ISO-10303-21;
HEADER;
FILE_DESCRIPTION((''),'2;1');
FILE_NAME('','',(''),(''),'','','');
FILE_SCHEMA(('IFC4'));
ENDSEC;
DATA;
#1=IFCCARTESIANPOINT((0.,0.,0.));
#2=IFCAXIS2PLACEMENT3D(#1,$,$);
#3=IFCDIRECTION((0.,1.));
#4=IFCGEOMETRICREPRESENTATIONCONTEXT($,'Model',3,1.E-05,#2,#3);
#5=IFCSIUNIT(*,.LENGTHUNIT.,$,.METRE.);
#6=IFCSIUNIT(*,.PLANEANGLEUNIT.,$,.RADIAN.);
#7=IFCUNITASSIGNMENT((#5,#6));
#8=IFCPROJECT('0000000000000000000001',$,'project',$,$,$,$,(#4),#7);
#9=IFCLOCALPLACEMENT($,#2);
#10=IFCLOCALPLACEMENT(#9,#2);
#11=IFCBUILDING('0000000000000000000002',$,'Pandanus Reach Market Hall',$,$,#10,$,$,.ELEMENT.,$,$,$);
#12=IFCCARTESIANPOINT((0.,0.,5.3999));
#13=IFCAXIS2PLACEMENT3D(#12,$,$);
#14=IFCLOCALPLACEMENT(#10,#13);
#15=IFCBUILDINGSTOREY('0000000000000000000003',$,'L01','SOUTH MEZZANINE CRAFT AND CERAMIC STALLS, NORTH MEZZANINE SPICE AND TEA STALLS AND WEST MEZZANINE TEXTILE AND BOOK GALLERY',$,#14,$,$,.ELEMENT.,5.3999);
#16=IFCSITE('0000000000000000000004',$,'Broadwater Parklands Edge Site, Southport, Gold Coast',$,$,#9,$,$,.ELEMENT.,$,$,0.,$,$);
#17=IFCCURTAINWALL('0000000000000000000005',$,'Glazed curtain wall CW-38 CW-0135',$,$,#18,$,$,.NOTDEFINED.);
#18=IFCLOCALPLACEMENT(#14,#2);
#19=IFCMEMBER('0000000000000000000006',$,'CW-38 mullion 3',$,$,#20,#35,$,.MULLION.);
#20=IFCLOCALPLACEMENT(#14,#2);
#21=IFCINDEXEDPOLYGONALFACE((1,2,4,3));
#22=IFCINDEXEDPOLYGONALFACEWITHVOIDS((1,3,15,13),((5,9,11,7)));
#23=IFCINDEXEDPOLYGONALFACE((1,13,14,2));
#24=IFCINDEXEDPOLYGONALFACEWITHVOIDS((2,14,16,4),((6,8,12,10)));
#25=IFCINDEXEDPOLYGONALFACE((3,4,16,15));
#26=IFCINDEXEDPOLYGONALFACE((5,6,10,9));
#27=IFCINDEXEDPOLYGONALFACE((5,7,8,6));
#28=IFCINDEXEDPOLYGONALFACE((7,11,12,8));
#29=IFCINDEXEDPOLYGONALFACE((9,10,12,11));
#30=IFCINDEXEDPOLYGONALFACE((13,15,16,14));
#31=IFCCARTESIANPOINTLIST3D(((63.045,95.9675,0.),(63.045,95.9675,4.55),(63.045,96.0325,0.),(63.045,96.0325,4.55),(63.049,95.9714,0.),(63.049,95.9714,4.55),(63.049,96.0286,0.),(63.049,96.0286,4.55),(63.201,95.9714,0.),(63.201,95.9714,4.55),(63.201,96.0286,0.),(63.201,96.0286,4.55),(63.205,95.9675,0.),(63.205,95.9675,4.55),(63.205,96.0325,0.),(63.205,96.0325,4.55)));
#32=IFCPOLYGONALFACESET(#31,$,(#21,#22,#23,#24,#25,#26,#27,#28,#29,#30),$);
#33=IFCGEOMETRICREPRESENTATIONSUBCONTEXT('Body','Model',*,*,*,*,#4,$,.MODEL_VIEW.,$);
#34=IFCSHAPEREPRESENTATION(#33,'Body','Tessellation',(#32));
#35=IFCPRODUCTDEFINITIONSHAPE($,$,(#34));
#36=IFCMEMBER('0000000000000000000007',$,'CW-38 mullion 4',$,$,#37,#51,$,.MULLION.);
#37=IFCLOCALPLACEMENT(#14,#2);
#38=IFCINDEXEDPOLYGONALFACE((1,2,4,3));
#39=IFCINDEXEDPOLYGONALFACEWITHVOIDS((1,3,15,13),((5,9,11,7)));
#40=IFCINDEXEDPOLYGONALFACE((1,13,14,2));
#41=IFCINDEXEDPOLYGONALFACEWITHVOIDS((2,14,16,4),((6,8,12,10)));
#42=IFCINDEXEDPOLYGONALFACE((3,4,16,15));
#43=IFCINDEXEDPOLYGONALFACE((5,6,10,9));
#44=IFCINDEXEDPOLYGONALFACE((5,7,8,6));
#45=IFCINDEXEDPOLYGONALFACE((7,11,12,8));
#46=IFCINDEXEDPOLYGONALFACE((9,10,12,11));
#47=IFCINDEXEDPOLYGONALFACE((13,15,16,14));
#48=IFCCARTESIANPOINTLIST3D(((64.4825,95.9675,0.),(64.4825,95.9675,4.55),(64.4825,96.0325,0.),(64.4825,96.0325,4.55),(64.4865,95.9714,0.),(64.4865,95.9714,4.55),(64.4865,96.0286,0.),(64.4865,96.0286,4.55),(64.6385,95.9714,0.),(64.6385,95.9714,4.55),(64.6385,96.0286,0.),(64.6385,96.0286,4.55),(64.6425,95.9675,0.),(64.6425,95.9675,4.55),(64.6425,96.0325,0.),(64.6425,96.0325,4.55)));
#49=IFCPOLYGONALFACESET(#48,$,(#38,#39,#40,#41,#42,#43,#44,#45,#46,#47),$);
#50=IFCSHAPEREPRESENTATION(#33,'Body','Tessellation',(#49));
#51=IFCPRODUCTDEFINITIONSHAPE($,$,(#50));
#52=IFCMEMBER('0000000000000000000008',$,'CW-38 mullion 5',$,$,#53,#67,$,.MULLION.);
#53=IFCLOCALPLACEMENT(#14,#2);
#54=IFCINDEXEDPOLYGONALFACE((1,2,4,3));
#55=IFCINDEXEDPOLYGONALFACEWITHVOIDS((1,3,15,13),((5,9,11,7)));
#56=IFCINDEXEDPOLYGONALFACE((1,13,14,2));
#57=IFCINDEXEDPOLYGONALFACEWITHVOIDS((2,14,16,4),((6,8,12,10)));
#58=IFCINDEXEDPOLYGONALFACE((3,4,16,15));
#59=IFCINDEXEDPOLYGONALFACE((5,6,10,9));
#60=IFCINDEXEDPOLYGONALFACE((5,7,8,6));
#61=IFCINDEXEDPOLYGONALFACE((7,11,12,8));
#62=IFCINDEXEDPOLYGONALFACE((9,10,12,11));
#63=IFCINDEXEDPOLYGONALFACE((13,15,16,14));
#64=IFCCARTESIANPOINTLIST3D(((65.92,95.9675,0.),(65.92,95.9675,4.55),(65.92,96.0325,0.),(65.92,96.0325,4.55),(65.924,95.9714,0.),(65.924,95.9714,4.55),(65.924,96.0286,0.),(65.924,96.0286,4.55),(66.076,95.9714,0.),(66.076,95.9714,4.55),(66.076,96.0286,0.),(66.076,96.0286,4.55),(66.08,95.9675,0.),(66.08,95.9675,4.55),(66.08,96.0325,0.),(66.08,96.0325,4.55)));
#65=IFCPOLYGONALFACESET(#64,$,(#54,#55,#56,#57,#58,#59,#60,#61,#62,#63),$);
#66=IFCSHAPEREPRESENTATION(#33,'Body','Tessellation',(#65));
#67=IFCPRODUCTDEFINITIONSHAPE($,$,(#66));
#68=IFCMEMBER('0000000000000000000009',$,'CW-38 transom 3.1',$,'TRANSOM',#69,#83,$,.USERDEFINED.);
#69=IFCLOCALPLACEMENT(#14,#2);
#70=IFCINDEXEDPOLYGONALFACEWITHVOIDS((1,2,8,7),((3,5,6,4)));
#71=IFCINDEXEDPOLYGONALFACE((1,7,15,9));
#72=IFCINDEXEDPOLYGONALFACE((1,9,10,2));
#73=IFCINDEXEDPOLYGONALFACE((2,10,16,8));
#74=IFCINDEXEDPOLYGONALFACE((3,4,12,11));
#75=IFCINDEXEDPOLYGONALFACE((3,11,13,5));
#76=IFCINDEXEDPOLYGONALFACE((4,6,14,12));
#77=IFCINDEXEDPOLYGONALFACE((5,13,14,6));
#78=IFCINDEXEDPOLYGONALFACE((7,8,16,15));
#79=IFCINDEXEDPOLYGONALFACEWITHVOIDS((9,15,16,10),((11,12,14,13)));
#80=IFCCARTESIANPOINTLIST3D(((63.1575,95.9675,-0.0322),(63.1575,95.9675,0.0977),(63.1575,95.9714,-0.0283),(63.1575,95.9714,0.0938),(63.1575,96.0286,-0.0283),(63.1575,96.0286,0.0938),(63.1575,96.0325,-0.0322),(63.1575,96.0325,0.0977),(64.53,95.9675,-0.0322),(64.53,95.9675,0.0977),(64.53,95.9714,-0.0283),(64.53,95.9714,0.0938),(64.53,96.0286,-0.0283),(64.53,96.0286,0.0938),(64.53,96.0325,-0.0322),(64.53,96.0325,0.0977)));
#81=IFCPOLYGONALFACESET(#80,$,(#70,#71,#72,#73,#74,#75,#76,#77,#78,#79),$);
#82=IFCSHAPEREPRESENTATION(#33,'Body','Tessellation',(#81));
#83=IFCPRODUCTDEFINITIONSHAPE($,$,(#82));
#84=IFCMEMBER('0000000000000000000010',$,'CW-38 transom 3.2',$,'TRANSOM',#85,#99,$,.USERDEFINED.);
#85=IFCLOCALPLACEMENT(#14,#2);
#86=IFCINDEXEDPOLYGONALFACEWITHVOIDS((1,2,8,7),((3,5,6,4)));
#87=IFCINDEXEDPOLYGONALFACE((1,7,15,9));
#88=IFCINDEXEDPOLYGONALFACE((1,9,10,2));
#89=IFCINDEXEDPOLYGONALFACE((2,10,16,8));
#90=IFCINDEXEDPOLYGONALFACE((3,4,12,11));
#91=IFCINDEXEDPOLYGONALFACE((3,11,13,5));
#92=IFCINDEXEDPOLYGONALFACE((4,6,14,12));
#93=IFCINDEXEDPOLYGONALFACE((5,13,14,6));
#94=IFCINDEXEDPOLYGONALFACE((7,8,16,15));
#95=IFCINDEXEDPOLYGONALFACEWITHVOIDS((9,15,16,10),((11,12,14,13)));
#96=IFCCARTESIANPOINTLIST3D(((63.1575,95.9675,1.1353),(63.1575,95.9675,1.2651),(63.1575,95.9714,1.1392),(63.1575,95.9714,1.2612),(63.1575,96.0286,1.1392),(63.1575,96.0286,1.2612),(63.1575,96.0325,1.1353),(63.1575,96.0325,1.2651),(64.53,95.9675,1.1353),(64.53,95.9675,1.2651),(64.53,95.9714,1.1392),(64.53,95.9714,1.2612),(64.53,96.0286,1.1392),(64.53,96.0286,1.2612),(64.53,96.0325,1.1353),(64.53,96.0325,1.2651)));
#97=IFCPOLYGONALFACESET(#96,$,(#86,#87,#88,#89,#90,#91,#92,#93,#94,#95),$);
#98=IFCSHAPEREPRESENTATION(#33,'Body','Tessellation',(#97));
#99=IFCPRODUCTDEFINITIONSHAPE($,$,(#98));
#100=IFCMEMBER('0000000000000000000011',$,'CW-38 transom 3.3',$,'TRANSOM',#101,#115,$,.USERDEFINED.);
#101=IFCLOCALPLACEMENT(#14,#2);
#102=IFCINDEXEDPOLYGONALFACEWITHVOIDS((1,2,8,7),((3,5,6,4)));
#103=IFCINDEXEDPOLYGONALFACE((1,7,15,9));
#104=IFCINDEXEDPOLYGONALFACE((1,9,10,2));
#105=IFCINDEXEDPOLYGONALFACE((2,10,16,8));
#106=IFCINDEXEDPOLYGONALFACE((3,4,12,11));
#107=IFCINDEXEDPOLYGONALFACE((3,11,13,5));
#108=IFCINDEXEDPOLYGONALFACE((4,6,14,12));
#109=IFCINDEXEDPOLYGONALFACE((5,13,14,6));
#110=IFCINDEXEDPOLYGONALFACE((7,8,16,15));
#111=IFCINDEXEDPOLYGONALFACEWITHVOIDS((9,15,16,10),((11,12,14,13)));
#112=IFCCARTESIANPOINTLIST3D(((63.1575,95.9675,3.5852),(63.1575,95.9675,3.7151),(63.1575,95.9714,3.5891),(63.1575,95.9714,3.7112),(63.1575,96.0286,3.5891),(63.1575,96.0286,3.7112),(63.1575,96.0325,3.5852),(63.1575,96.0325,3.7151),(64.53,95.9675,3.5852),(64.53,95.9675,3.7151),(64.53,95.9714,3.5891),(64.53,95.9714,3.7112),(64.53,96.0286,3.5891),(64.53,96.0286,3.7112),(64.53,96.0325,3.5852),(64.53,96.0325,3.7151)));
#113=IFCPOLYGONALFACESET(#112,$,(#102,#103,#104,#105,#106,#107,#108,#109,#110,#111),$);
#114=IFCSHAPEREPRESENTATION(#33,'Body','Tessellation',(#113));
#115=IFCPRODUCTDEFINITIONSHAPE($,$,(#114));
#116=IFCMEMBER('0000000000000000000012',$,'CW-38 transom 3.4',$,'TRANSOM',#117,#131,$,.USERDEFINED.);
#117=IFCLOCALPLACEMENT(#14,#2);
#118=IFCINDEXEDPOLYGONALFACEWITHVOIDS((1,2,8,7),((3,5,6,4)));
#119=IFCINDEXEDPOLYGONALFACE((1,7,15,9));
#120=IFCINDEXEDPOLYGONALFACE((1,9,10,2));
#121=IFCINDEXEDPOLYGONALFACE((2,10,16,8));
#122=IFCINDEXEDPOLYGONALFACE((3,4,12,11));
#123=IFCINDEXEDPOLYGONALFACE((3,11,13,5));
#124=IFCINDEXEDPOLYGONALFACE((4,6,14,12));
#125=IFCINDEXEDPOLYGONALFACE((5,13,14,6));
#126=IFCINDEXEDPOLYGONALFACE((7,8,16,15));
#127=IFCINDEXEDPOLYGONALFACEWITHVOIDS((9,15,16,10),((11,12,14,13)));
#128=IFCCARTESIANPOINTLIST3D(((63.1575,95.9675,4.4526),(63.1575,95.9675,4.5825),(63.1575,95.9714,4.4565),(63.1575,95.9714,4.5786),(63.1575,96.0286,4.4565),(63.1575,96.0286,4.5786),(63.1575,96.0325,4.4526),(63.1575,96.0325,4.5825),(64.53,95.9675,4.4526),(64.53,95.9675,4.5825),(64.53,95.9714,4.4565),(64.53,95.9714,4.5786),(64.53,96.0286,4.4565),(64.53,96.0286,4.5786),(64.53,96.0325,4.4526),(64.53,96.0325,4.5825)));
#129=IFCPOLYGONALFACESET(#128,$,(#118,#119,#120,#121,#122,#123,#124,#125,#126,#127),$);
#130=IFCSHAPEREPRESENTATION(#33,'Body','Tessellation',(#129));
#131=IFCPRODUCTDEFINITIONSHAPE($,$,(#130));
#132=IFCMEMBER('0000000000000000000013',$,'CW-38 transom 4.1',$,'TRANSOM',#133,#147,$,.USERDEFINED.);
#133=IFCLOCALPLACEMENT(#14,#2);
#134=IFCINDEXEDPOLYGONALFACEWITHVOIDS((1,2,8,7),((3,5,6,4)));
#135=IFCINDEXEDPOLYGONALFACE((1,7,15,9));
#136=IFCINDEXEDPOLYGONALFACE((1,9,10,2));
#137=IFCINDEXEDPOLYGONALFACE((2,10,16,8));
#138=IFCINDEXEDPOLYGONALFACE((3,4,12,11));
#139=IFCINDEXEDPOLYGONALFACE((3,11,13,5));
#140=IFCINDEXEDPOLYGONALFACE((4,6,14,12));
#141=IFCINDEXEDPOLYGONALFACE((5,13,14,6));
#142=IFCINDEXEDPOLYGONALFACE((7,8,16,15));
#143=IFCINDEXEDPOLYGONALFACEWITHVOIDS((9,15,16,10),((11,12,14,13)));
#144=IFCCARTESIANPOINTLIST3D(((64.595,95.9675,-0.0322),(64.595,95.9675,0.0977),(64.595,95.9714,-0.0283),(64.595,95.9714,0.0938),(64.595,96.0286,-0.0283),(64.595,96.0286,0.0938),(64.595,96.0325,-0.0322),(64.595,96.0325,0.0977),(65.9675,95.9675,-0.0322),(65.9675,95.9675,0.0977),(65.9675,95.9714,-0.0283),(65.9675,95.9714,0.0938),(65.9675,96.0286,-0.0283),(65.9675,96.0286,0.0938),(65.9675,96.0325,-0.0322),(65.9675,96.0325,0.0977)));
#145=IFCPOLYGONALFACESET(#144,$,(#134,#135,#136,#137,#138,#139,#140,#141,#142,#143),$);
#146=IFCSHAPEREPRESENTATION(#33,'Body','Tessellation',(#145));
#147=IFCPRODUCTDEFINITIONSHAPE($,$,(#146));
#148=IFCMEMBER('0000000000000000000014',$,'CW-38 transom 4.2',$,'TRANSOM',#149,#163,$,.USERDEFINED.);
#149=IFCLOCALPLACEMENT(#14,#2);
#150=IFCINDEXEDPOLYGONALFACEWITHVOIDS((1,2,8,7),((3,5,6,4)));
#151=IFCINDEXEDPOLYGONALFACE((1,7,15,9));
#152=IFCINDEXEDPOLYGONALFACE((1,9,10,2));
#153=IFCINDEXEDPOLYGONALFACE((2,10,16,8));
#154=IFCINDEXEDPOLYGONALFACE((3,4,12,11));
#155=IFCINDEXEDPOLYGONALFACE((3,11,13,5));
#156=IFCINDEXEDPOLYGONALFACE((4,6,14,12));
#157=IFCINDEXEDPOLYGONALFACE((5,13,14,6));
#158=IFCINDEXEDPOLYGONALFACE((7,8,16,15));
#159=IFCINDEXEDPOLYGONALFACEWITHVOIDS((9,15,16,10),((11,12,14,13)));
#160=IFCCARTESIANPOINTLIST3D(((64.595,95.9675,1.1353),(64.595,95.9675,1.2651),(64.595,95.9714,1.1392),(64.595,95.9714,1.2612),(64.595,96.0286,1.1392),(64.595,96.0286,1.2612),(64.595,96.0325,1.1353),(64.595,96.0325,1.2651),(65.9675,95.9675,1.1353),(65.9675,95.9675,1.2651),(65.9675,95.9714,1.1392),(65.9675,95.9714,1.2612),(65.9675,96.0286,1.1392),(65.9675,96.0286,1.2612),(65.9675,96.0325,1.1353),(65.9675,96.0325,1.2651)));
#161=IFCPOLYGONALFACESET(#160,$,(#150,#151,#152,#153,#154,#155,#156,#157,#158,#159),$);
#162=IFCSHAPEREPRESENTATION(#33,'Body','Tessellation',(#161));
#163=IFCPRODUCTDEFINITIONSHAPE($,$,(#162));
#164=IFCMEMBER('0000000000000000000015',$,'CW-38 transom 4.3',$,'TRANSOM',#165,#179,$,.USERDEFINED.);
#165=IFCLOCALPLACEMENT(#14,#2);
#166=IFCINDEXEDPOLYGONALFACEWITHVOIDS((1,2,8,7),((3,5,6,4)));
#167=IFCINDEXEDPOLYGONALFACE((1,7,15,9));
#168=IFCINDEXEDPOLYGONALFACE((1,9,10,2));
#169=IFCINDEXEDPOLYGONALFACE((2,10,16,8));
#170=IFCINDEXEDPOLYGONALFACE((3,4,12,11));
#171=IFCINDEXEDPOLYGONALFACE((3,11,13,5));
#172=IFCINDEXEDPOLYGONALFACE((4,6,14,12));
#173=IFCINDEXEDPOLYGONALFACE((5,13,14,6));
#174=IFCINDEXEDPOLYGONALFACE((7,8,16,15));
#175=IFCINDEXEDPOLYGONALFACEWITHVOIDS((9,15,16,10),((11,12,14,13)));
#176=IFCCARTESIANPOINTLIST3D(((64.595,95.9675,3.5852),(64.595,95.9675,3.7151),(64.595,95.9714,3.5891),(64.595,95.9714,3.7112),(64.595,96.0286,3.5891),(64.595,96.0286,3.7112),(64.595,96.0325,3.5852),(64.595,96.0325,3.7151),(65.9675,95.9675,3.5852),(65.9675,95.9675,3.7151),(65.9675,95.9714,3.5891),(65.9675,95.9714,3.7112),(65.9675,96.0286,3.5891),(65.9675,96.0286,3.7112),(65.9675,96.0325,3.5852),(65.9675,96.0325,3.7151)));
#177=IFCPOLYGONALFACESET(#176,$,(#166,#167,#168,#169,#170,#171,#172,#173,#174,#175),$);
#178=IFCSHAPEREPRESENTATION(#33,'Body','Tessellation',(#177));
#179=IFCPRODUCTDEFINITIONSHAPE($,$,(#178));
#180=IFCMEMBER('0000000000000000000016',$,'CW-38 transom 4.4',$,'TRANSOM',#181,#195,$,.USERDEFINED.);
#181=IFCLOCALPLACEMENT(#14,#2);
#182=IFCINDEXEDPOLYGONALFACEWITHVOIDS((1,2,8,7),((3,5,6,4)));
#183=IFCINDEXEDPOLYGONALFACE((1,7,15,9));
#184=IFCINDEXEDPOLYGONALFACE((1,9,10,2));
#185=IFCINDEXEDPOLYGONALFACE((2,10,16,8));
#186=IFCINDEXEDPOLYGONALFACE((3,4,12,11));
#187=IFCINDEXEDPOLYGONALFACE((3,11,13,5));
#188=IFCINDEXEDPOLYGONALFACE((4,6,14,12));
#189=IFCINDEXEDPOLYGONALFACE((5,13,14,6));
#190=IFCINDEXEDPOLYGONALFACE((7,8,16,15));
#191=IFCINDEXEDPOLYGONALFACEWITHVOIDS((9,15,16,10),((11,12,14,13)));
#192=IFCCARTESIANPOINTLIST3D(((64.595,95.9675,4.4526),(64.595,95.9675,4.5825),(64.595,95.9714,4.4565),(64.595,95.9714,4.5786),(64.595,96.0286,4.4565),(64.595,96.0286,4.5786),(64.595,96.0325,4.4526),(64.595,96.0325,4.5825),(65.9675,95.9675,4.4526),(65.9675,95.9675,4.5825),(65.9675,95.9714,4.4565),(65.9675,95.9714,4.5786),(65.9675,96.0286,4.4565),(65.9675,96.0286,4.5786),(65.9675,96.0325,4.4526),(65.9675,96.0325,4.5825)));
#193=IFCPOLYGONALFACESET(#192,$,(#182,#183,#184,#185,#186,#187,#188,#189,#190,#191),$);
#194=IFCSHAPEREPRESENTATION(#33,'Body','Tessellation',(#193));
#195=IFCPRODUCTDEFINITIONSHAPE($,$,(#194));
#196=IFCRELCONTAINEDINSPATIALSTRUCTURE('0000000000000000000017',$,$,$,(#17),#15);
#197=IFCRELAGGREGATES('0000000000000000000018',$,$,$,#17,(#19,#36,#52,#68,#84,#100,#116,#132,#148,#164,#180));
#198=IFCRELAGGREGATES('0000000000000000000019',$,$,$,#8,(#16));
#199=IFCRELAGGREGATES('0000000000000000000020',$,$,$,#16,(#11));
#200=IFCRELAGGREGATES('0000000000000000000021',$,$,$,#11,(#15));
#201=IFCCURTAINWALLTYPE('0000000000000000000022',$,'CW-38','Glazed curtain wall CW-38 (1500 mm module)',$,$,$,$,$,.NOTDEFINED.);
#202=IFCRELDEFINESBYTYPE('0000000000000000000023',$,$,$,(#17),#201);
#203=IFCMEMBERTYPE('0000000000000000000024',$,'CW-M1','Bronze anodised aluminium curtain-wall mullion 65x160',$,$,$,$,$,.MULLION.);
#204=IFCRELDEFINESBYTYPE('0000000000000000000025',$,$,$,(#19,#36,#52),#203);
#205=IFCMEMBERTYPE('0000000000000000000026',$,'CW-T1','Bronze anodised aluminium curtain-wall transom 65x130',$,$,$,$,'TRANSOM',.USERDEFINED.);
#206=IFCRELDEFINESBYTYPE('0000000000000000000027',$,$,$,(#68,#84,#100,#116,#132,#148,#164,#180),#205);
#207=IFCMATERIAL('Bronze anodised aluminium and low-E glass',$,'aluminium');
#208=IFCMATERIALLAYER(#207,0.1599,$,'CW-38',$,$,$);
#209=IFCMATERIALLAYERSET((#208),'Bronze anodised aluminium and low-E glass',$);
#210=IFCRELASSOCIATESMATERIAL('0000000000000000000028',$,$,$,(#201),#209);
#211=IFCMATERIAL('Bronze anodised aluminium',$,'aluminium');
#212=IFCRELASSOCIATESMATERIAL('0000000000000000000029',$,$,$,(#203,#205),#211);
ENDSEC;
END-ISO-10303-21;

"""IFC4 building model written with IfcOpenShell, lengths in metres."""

from ifc_helpers import new_model, si_unit, direction, frame, origin, origin_2d, place, context, subcontext, project, spatial, hollow_rectangle, extrude, material, layer, layer_set, material_profile, profile_set, type_object, element, aggregate, save


model = new_model("IFC4")

# Units and contexts
model_context = context("Model", 3, precision=1e-05, world=origin(), true_north=direction((0.0, 1.0)))
body_context = subcontext(model_context, "Body", "Model", "MODEL_VIEW")
ifc_project = project(units=[si_unit("LENGTHUNIT", "METRE"), si_unit("PLANEANGLEUNIT", "RADIAN")], contexts=[model_context])

# Site, building, storey
site_placement = place(None, origin())
site = spatial("IfcSite", under=ifc_project, at=site_placement, Name="Broadwater Parklands Edge Site, Southport, Gold Coast", CompositionType="ELEMENT", RefElevation=0.0)
building_placement = place(site_placement, origin())
building = spatial("IfcBuilding", under=site, at=building_placement, Name="Pandanus Reach Market Hall", CompositionType="ELEMENT")
storey_placement = place(building_placement, frame((0.0, 0.0, 5.3999)))
storey = spatial("IfcBuildingStorey", under=building, at=storey_placement, Name="L01", Description="SOUTH MEZZANINE CRAFT AND CERAMIC STALLS, NORTH MEZZANINE SPICE AND TEA STALLS AND WEST MEZZANINE TEXTILE AND BOOK GALLERY", CompositionType="ELEMENT", Elevation=5.3999)

# Curtain wall, members
ifc_material_1 = material(Name="Bronze anodised aluminium and low-E glass", Category="aluminium")
ifc_layer_1 = layer(ifc_material_1, 0.1599, Name="CW-38")
ifc_layer_set_1 = layer_set([ifc_layer_1], Name="Bronze anodised aluminium and low-E glass")
curtain_wall_type = type_object("IfcCurtainWallType", Name="CW-38", Description="Glazed curtain wall CW-38 (1500 mm module)", PredefinedType="NOTDEFINED", material=ifc_layer_set_1)
curtain_wall_placement = place(storey_placement, origin())
curtain_wall = element("IfcCurtainWall", 1, at=curtain_wall_placement, inside=storey, type_object=curtain_wall_type, Name="Glazed curtain wall CW-38 CW-0135", PredefinedType="NOTDEFINED")
ifc_material_2 = material(Name="Bronze anodised aluminium", Category="aluminium")
ifc_material_profile_1 = material_profile(ifc_material_2, hollow_rectangle(XDim=0.0649, YDim=0.1599, WallThickness=0.0039, at=origin_2d()), Name="ALU65x160", Category="LoadBearing")
ifc_profile_set_1 = profile_set([ifc_material_profile_1], Name="Bronze anodised aluminium")
member_type_1 = type_object("IfcMemberType", Name="CW-M1", Description="Bronze anodised aluminium curtain-wall mullion 65x160", PredefinedType="MULLION", material=ifc_profile_set_1)
member_1_placement = place(storey_placement, frame((63.125, 96.0, 0.0), z_axis=(0.0, 0.0, 1.0), x_axis=(0.0, 1.0, 0.0)))
member_1 = element("IfcMember", 2, at=member_1_placement, type_object=member_type_1, Name="CW-38 mullion 3", PredefinedType="MULLION", context=body_context, shape_type="SweptSolid", body=[
    extrude(hollow_rectangle(XDim=0.0649, YDim=0.1599, WallThickness=0.0039, at=origin_2d()), origin(), (0.0, 0.0, 1.0), 4.55),
])
member_2_placement = place(storey_placement, frame((64.5625, 96.0, 0.0), z_axis=(0.0, 0.0, 1.0), x_axis=(0.0, 1.0, 0.0)))
member_2 = element("IfcMember", 3, at=member_2_placement, type_object=member_type_1, Name="CW-38 mullion 4", PredefinedType="MULLION", context=body_context, shape_type="SweptSolid", body=[
    extrude(hollow_rectangle(XDim=0.0649, YDim=0.1599, WallThickness=0.0039, at=origin_2d()), origin(), (0.0, 0.0, 1.0), 4.55),
])
member_3_placement = place(storey_placement, frame((66.0, 96.0, 0.0), z_axis=(0.0, 0.0, 1.0), x_axis=(0.0, 1.0, 0.0)))
member_3 = element("IfcMember", 4, at=member_3_placement, type_object=member_type_1, Name="CW-38 mullion 5", PredefinedType="MULLION", context=body_context, shape_type="SweptSolid", body=[
    extrude(hollow_rectangle(XDim=0.0649, YDim=0.1599, WallThickness=0.0039, at=origin_2d()), origin(), (0.0, 0.0, 1.0), 4.55),
])
ifc_material_profile_2 = material_profile(ifc_material_2, hollow_rectangle(XDim=0.0649, YDim=0.1299, WallThickness=0.0039, at=origin_2d()), Name="ALU65x130", Category="LoadBearing")
ifc_profile_set_2 = profile_set([ifc_material_profile_2], Name="Bronze anodised aluminium")
member_type_2 = type_object("IfcMemberType", Name="CW-T1", Description="Bronze anodised aluminium curtain-wall transom 65x130", ElementType="TRANSOM", PredefinedType="USERDEFINED", material=ifc_profile_set_2)
member_4_placement = place(storey_placement, frame((63.1575, 96.0, 0.0327), z_axis=(1.0, 0.0, 0.0), x_axis=(0.0, 1.0, 0.0)))
member_4 = element("IfcMember", 5, at=member_4_placement, type_object=member_type_2, Name="CW-38 transom 3.1", ObjectType="TRANSOM", PredefinedType="USERDEFINED", context=body_context, shape_type="SweptSolid", body=[
    extrude(hollow_rectangle(XDim=0.0649, YDim=0.1299, WallThickness=0.0039, at=origin_2d()), origin(), (0.0, 0.0, 1.0), 1.3726),
])
member_5_placement = place(storey_placement, frame((63.1575, 96.0, 1.2002), z_axis=(1.0, 0.0, 0.0), x_axis=(0.0, 1.0, 0.0)))
member_5 = element("IfcMember", 6, at=member_5_placement, type_object=member_type_2, Name="CW-38 transom 3.2", ObjectType="TRANSOM", PredefinedType="USERDEFINED", context=body_context, shape_type="SweptSolid", body=[
    extrude(hollow_rectangle(XDim=0.0649, YDim=0.1299, WallThickness=0.0039, at=origin_2d()), origin(), (0.0, 0.0, 1.0), 1.3726),
])
member_6_placement = place(storey_placement, frame((63.1575, 96.0, 3.6501), z_axis=(1.0, 0.0, 0.0), x_axis=(0.0, 1.0, 0.0)))
member_6 = element("IfcMember", 7, at=member_6_placement, type_object=member_type_2, Name="CW-38 transom 3.3", ObjectType="TRANSOM", PredefinedType="USERDEFINED", context=body_context, shape_type="SweptSolid", body=[
    extrude(hollow_rectangle(XDim=0.0649, YDim=0.1299, WallThickness=0.0039, at=origin_2d()), origin(), (0.0, 0.0, 1.0), 1.3726),
])
member_7_placement = place(storey_placement, frame((63.1575, 96.0, 4.5176), z_axis=(1.0, 0.0, 0.0), x_axis=(0.0, 1.0, 0.0)))
member_7 = element("IfcMember", 8, at=member_7_placement, type_object=member_type_2, Name="CW-38 transom 3.4", ObjectType="TRANSOM", PredefinedType="USERDEFINED", context=body_context, shape_type="SweptSolid", body=[
    extrude(hollow_rectangle(XDim=0.0649, YDim=0.1299, WallThickness=0.0039, at=origin_2d()), origin(), (0.0, 0.0, 1.0), 1.3726),
])
member_8_placement = place(storey_placement, frame((64.595, 96.0, 0.0327), z_axis=(1.0, 0.0, 0.0), x_axis=(0.0, 1.0, 0.0)))
member_8 = element("IfcMember", 9, at=member_8_placement, type_object=member_type_2, Name="CW-38 transom 4.1", ObjectType="TRANSOM", PredefinedType="USERDEFINED", context=body_context, shape_type="SweptSolid", body=[
    extrude(hollow_rectangle(XDim=0.0649, YDim=0.1299, WallThickness=0.0039, at=origin_2d()), origin(), (0.0, 0.0, 1.0), 1.3726),
])
member_9_placement = place(storey_placement, frame((64.595, 96.0, 1.2002), z_axis=(1.0, 0.0, 0.0), x_axis=(0.0, 1.0, 0.0)))
member_9 = element("IfcMember", 10, at=member_9_placement, type_object=member_type_2, Name="CW-38 transom 4.2", ObjectType="TRANSOM", PredefinedType="USERDEFINED", context=body_context, shape_type="SweptSolid", body=[
    extrude(hollow_rectangle(XDim=0.0649, YDim=0.1299, WallThickness=0.0039, at=origin_2d()), origin(), (0.0, 0.0, 1.0), 1.3726),
])
member_10_placement = place(storey_placement, frame((64.595, 96.0, 3.6501), z_axis=(1.0, 0.0, 0.0), x_axis=(0.0, 1.0, 0.0)))
member_10 = element("IfcMember", 11, at=member_10_placement, type_object=member_type_2, Name="CW-38 transom 4.3", ObjectType="TRANSOM", PredefinedType="USERDEFINED", context=body_context, shape_type="SweptSolid", body=[
    extrude(hollow_rectangle(XDim=0.0649, YDim=0.1299, WallThickness=0.0039, at=origin_2d()), origin(), (0.0, 0.0, 1.0), 1.3726),
])
member_11_placement = place(storey_placement, frame((64.595, 96.0, 4.5176), z_axis=(1.0, 0.0, 0.0), x_axis=(0.0, 1.0, 0.0)))
member_11 = element("IfcMember", 12, at=member_11_placement, type_object=member_type_2, Name="CW-38 transom 4.4", ObjectType="TRANSOM", PredefinedType="USERDEFINED", context=body_context, shape_type="SweptSolid", body=[
    extrude(hollow_rectangle(XDim=0.0649, YDim=0.1299, WallThickness=0.0039, at=origin_2d()), origin(), (0.0, 0.0, 1.0), 1.3726),
])
aggregate(curtain_wall, [member_1, member_2, member_3, member_4, member_5, member_6, member_7, member_8, member_9, member_10, member_11])

save(model, "model.ifc")
